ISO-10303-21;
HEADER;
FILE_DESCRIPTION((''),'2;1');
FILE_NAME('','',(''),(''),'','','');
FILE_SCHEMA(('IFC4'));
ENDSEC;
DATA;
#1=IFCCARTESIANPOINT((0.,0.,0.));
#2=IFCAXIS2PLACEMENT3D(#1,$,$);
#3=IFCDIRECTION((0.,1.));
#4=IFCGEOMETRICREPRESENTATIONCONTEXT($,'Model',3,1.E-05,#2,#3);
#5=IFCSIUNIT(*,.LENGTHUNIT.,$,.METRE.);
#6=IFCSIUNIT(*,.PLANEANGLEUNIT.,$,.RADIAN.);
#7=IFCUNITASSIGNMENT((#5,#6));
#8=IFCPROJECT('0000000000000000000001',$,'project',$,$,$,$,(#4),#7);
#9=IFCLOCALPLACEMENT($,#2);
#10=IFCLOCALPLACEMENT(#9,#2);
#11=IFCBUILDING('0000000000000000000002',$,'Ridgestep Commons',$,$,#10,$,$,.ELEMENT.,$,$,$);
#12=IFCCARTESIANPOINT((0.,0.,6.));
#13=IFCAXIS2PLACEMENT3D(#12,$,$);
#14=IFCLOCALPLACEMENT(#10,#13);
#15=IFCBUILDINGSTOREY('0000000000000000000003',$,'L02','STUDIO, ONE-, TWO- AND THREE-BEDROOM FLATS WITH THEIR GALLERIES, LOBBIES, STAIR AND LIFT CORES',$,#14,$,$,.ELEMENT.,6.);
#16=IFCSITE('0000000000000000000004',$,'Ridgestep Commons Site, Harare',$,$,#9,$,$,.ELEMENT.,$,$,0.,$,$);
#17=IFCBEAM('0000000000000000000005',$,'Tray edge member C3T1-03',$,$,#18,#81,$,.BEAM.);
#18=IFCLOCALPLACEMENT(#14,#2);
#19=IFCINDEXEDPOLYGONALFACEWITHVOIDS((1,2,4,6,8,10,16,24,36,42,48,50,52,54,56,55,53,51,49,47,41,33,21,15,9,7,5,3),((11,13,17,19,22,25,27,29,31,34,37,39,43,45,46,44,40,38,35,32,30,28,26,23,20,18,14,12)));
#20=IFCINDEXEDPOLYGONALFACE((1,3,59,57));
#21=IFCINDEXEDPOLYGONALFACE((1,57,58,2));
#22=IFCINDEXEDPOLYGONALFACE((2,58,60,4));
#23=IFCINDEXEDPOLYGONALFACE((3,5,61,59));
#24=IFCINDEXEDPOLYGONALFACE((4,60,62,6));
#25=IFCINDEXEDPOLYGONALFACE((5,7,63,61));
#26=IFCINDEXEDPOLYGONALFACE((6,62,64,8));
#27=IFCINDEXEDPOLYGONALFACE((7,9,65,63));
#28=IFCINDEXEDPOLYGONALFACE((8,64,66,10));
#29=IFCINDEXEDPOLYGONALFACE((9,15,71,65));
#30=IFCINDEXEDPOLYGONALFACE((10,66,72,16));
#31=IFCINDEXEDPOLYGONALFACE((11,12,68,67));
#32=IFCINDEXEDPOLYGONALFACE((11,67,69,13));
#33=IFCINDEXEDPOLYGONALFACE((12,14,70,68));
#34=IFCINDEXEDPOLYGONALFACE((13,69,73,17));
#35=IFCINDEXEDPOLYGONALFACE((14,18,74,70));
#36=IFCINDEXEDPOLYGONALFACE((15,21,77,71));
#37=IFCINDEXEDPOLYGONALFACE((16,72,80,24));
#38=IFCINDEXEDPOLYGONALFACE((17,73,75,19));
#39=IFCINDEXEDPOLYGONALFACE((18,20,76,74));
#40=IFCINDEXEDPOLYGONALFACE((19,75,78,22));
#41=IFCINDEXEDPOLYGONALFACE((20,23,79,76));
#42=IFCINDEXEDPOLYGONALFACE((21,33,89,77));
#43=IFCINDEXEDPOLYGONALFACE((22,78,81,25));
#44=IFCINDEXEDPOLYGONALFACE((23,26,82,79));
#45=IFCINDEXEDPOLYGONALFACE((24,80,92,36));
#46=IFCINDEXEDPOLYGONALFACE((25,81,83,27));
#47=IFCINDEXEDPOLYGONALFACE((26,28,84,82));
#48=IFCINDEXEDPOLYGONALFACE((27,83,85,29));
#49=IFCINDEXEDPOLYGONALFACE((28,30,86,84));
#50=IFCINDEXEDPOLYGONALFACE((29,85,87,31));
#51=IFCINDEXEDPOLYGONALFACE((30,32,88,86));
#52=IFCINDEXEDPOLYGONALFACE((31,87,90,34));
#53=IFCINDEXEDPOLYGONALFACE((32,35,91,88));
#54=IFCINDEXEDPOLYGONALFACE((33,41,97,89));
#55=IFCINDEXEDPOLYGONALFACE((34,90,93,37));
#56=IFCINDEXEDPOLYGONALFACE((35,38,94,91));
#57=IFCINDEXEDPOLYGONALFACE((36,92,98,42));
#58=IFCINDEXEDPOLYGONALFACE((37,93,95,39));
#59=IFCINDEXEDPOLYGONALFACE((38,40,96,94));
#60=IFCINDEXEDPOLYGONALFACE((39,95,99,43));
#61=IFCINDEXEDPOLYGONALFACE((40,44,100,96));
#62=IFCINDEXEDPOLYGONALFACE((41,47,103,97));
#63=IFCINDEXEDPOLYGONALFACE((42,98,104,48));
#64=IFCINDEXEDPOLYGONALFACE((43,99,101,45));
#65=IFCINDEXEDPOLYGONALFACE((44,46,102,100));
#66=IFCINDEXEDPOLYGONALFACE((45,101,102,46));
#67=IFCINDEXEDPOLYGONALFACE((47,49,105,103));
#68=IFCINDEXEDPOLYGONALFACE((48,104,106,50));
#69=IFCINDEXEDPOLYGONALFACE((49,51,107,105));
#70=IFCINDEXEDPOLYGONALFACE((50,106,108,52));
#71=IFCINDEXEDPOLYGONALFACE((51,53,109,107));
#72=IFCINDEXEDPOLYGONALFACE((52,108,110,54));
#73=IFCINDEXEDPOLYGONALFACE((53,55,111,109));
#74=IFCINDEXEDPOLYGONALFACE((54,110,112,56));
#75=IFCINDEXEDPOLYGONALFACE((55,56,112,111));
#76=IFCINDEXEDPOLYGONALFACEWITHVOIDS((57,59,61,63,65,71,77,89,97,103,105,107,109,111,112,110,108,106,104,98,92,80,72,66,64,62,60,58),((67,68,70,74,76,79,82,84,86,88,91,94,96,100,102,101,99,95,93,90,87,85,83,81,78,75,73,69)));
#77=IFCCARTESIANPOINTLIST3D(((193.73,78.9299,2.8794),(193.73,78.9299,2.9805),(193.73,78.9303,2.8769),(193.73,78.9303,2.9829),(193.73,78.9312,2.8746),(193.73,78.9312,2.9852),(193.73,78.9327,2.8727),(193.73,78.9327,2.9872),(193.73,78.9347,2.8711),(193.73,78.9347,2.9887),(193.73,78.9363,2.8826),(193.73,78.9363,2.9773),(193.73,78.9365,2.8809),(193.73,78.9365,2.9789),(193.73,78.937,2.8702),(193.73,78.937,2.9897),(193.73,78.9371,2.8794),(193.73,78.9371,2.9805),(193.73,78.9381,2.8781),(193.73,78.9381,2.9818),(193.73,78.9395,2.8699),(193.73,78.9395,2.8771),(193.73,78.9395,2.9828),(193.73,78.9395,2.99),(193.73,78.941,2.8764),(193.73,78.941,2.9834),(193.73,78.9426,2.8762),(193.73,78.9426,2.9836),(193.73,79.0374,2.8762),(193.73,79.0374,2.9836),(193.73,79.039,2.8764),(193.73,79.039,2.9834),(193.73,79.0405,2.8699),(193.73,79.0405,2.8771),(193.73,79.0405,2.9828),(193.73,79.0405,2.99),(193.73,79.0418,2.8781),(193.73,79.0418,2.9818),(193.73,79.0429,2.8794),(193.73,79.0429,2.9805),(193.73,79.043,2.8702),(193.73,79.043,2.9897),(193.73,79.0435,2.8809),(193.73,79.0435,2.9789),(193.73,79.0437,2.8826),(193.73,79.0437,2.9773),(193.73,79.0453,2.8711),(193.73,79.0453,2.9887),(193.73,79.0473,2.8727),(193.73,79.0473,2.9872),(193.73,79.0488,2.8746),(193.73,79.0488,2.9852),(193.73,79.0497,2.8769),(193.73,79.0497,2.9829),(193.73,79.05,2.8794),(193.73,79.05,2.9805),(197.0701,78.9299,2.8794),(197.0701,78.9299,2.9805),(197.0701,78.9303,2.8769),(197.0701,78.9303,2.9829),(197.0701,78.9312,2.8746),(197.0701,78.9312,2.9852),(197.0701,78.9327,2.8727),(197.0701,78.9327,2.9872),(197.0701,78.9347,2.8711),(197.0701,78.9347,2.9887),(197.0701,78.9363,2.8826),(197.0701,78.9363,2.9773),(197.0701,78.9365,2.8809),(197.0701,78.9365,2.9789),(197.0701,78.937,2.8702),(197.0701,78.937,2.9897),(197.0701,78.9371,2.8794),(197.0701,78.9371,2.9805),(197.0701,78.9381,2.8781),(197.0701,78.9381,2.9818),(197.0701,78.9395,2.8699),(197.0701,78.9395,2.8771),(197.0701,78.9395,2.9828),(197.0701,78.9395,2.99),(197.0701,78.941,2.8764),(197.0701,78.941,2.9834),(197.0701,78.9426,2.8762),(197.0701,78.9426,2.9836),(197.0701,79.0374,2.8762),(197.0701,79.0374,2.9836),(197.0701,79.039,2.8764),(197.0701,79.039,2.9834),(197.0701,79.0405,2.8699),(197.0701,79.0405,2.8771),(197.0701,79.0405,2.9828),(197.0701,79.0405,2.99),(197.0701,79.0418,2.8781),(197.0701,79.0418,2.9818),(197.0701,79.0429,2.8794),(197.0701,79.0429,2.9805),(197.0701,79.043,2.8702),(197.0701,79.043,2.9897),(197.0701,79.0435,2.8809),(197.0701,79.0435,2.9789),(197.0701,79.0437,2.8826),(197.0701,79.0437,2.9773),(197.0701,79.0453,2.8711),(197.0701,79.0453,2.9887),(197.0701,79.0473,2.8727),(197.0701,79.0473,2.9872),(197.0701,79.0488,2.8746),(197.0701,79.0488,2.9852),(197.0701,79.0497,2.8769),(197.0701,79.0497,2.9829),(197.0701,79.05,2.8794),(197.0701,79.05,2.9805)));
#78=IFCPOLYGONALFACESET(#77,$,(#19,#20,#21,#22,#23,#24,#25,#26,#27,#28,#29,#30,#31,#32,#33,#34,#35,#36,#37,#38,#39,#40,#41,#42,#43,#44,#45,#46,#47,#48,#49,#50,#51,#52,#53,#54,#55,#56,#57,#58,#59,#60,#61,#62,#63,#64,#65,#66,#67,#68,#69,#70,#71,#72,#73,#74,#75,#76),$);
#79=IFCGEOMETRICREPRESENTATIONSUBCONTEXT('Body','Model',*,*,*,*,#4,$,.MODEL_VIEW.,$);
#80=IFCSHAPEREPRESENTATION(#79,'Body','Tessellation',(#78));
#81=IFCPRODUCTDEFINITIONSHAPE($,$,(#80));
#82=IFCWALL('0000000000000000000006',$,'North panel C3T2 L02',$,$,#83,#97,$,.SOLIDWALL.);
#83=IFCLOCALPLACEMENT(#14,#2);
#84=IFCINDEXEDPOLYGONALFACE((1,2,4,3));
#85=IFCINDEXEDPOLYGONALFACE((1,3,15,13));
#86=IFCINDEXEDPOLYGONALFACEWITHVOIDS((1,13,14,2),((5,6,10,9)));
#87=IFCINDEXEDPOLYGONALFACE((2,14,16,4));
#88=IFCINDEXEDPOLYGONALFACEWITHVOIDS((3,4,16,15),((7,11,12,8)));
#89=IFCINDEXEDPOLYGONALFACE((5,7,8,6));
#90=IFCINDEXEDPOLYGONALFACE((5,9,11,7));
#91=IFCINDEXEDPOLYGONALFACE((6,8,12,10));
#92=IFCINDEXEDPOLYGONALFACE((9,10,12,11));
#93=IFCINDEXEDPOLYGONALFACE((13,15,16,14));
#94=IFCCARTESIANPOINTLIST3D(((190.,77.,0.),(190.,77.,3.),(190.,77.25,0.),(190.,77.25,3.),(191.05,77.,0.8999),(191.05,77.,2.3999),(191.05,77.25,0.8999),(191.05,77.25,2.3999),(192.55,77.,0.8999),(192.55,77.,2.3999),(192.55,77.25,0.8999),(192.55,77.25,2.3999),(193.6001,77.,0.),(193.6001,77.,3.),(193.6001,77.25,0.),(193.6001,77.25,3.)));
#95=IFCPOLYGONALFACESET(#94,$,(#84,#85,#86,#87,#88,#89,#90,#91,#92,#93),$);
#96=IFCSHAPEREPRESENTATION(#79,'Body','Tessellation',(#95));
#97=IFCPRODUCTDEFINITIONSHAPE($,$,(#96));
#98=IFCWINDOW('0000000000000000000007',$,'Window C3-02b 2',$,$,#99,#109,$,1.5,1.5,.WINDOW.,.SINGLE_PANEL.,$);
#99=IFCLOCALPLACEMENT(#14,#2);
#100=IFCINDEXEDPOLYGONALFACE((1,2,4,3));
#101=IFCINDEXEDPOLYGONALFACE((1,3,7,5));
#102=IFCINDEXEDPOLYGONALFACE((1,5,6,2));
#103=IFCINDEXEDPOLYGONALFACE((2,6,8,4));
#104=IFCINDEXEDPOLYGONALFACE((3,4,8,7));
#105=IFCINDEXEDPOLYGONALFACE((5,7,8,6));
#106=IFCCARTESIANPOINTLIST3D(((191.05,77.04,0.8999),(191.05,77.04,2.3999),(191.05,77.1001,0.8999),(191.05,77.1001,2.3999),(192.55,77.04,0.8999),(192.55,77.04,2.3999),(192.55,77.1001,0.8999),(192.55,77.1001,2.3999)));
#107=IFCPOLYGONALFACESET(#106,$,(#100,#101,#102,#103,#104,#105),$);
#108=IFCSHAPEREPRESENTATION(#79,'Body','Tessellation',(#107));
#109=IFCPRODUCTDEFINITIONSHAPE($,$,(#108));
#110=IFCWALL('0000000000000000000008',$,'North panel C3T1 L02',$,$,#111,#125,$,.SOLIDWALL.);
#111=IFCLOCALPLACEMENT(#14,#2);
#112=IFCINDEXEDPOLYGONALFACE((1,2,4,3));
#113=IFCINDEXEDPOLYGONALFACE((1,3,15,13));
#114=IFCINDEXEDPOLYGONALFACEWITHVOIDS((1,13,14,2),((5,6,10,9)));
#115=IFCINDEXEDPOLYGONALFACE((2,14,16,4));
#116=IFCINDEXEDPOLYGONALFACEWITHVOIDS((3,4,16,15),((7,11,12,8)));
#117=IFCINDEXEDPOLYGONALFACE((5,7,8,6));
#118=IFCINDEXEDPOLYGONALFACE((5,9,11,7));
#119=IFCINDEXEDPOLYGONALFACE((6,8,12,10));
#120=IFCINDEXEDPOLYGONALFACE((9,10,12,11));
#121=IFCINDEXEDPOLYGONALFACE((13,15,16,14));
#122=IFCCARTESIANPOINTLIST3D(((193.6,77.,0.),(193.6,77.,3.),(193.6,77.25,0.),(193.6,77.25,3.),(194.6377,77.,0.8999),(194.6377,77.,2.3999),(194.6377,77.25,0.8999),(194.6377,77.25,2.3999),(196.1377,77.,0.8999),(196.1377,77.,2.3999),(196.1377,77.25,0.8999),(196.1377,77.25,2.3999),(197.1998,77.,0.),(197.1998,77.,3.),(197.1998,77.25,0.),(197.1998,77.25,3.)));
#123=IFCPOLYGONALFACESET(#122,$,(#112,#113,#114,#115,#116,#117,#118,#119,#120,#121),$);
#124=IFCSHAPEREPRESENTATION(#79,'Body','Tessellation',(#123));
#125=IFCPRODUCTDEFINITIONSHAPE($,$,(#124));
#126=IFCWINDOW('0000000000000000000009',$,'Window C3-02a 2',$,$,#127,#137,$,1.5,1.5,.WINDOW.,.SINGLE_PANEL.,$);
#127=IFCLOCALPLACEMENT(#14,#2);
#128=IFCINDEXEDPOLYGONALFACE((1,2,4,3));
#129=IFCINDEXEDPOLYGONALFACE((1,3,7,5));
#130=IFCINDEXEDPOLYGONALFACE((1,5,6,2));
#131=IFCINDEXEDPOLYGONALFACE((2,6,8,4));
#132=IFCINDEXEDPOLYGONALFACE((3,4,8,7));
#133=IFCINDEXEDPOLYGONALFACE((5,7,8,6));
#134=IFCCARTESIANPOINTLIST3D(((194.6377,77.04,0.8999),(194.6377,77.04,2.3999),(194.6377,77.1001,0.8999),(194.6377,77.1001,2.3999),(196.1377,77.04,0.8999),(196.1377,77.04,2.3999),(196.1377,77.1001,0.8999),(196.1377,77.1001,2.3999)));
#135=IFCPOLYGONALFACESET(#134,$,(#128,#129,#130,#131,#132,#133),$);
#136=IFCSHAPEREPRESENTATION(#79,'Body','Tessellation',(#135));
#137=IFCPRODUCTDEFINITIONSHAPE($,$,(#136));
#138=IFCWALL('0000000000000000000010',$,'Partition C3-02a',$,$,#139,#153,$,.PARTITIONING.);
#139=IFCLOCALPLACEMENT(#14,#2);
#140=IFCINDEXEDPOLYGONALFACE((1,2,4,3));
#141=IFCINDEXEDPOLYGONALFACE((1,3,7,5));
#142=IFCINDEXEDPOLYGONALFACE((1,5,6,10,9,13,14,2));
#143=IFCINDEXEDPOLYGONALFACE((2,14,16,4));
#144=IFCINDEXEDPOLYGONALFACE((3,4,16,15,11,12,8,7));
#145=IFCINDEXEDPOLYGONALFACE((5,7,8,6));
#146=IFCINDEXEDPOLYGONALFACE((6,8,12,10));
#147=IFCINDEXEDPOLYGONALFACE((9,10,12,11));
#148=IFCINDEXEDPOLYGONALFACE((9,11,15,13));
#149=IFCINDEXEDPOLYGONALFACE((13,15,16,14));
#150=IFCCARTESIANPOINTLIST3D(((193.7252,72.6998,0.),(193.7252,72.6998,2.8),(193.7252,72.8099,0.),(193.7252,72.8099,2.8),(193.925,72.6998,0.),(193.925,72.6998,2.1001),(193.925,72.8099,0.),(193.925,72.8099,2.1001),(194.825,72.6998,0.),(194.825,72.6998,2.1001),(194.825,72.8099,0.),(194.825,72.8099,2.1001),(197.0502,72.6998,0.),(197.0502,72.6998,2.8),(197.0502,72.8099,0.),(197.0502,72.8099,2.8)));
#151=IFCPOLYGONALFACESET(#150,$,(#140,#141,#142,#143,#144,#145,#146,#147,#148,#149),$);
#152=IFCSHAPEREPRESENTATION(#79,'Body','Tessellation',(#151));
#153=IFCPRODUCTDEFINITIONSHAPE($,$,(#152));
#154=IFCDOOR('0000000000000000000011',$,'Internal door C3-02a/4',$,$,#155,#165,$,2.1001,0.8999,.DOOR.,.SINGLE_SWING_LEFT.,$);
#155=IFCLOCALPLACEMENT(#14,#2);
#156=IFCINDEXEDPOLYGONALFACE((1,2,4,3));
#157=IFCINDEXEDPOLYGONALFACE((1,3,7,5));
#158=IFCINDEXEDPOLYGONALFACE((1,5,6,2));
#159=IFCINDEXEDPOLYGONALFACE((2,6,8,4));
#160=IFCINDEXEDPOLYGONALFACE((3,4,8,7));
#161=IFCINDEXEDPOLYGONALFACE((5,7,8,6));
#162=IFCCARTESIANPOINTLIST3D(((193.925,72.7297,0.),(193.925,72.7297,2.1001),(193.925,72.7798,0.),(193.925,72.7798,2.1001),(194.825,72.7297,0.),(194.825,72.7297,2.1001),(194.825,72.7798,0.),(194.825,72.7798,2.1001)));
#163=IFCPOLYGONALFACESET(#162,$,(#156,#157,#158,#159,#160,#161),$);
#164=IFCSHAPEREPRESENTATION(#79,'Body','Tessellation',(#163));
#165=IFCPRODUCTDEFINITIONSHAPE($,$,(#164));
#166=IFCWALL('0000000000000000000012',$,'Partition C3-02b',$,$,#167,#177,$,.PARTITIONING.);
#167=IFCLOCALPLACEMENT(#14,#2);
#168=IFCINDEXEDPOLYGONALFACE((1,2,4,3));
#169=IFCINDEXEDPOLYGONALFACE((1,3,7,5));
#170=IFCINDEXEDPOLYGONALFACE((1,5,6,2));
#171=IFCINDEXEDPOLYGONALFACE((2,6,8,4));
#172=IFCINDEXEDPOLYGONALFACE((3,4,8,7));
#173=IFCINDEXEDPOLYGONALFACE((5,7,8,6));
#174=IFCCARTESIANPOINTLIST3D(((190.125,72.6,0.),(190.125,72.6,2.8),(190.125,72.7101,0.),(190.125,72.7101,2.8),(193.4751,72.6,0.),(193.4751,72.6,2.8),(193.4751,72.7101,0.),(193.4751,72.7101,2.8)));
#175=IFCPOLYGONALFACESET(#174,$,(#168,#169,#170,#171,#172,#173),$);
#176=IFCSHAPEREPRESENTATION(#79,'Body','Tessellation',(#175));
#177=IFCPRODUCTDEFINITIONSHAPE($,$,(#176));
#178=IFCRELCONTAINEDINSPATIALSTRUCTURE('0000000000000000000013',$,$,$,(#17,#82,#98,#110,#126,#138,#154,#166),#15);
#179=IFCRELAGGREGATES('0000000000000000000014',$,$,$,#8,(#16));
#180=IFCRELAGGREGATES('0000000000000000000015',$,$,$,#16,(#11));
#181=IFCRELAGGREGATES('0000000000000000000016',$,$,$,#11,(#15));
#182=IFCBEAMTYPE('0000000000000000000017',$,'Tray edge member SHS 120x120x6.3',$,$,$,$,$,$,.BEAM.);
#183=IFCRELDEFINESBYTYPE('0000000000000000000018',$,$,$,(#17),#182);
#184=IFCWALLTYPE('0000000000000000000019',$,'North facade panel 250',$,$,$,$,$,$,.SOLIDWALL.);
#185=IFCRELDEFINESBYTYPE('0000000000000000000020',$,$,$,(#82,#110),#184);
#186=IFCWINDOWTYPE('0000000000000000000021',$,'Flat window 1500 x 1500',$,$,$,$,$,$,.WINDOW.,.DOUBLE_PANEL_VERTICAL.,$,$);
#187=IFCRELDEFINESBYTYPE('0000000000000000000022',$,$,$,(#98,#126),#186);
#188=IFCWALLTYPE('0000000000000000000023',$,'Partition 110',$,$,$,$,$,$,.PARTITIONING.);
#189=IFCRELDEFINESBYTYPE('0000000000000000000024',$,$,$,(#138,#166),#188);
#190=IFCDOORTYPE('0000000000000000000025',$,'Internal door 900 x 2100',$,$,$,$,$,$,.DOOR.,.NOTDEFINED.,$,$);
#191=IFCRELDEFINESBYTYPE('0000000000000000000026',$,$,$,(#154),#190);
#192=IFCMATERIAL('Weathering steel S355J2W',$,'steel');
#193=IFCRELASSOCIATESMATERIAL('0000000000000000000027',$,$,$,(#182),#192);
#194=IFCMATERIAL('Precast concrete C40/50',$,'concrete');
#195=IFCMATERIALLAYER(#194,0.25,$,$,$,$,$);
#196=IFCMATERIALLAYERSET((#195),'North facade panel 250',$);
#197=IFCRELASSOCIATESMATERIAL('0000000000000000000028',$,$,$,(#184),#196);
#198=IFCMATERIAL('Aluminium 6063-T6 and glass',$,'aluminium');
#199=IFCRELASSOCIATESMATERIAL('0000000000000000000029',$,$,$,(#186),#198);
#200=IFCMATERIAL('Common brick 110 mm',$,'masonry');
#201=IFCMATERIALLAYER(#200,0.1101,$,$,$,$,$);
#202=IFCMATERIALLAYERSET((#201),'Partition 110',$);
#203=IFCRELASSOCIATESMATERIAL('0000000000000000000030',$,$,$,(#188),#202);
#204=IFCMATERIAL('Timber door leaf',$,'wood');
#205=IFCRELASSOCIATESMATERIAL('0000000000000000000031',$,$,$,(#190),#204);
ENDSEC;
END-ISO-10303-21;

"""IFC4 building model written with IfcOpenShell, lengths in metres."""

from ifc_helpers import new_model, si_unit, direction, frame, frame_2d, origin, origin_2d, place, context, subcontext, project, spatial, rectangle, hollow_rectangle, extrude, material, layer, layer_set, material_profile, profile_set, type_object, element, fill, save


model = new_model("IFC4")

# Units and contexts
model_context = context("Model", 3, precision=1e-05, world=origin(), true_north=direction((0.0, 1.0)))
body_context = subcontext(model_context, "Body", "Model", "MODEL_VIEW")
ifc_project = project(units=[si_unit("LENGTHUNIT", "METRE"), si_unit("PLANEANGLEUNIT", "RADIAN")], contexts=[model_context])

# Site, building, storey
site_placement = place(None, origin())
site = spatial("IfcSite", under=ifc_project, at=site_placement, Name="Ridgestep Commons Site, Harare", CompositionType="ELEMENT", RefElevation=0.0)
building_placement = place(site_placement, origin())
building = spatial("IfcBuilding", under=site, at=building_placement, Name="Ridgestep Commons", CompositionType="ELEMENT")
storey_placement = place(building_placement, frame((0.0, 0.0, 6.0)))
storey = spatial("IfcBuildingStorey", under=building, at=storey_placement, Name="L02", Description="STUDIO, ONE-, TWO- AND THREE-BEDROOM FLATS WITH THEIR GALLERIES, LOBBIES, STAIR AND LIFT CORES", CompositionType="ELEMENT", Elevation=6.0)

# Beam
ifc_material_1 = material(Name="Weathering steel S355J2W", Category="steel")
ifc_material_profile_1 = material_profile(ifc_material_1, hollow_rectangle(XDim=0.1201, YDim=0.1201, WallThickness=0.0063, InnerFilletRadius=0.0063, OuterFilletRadius=0.0095, at=origin_2d()), Name="SHS 120x120x6.3")
ifc_profile_set_1 = profile_set([ifc_material_profile_1], Name="Weathering steel S355J2W")
beam_type_1 = type_object("IfcBeamType", Name="Tray edge member SHS 120x120x6.3", PredefinedType="BEAM", material=ifc_profile_set_1)
beam_placement = place(storey_placement, frame((193.73, 78.99, 2.9299), z_axis=(1.0, 0.0, 0.0), x_axis=(0.0, 0.0, 1.0)))
element("IfcBeam", 1, at=beam_placement, inside=storey, type_object=beam_type_1, Name="Tray edge member C3T1-03", PredefinedType="BEAM", context=body_context, shape_type="SweptSolid", body=[
    extrude(hollow_rectangle(XDim=0.1201, YDim=0.1201, WallThickness=0.0063, InnerFilletRadius=0.0063, OuterFilletRadius=0.0095, at=origin_2d()), origin(), (0.0, 0.0, 1.0), 3.3401),
])

# Walls, openings, windows
ifc_material_2 = material(Name="Precast concrete C40/50", Category="concrete")
ifc_layer_1 = layer(ifc_material_2, 0.25)
ifc_layer_set_1 = layer_set([ifc_layer_1], Name="North facade panel 250")
wall_type_1 = type_object("IfcWallType", Name="North facade panel 250", PredefinedType="SOLIDWALL", material=ifc_layer_set_1)
wall_1_placement = place(storey_placement, frame((190.0, 77.125, 0.0), z_axis=(0.0, 0.0, 1.0), x_axis=(1.0, 0.0, 0.0)))
wall_1 = element("IfcWall", 2, at=wall_1_placement, inside=storey, type_object=wall_type_1, Name="North panel C3T2 L02", PredefinedType="SOLIDWALL", context=body_context, shape_type="SweptSolid", body=[
    extrude(rectangle(XDim=3.6001, YDim=0.25, at=frame_2d((1.8, 0.0))), origin(), (0.0, 0.0, 1.0), 3.0),
])
opening_1_placement = place(wall_1_placement, frame((1.05, 0.0, 0.8999)))
opening_1 = element("IfcOpeningElement", 3, at=opening_1_placement, cuts=wall_1, PredefinedType="OPENING", context=body_context, shape_type="SweptSolid", body=[
    extrude(rectangle(XDim=1.5, YDim=1.5, at=frame_2d((0.75, 0.75))), frame((0.0, 0.135, 0.0), z_axis=(0.0, -1.0, 0.0), x_axis=(1.0, 0.0, 0.0)), (0.0, 0.0, 1.0), 0.27),
])
ifc_material_3 = material(Name="Aluminium 6063-T6 and glass", Category="aluminium")
window_type = type_object("IfcWindowType", Name="Flat window 1500 x 1500", PartitioningType="DOUBLE_PANEL_VERTICAL", PredefinedType="WINDOW", material=ifc_material_3)
window_1_placement = place(opening_1_placement, origin())
window_1 = element("IfcWindow", 4, at=window_1_placement, inside=storey, type_object=window_type, Name="Window C3-02b 2", OverallHeight=1.5, OverallWidth=1.5, PartitioningType="SINGLE_PANEL", PredefinedType="WINDOW", context=body_context, shape_type="SweptSolid", body=[
    extrude(rectangle(XDim=1.5, YDim=1.5, at=frame_2d((0.75, 0.75))), frame((0.0, -0.0249, 0.0), z_axis=(0.0, -1.0, 0.0), x_axis=(1.0, 0.0, 0.0)), (0.0, 0.0, 1.0), 0.0601),
])
fill(opening_1, window_1)
wall_2_placement = place(storey_placement, frame((193.6001, 77.125, 0.0), z_axis=(0.0, 0.0, 1.0), x_axis=(1.0, 0.0, 0.0)))
wall_2 = element("IfcWall", 5, at=wall_2_placement, inside=storey, type_object=wall_type_1, Name="North panel C3T1 L02", PredefinedType="SOLIDWALL", context=body_context, shape_type="SweptSolid", body=[
    extrude(rectangle(XDim=3.5999, YDim=0.25, at=frame_2d((1.7998, 0.0))), origin(), (0.0, 0.0, 1.0), 3.0),
])
opening_2_placement = place(wall_2_placement, frame((1.0376, 0.0, 0.8999)))
opening_2 = element("IfcOpeningElement", 6, at=opening_2_placement, cuts=wall_2, PredefinedType="OPENING", context=body_context, shape_type="SweptSolid", body=[
    extrude(rectangle(XDim=1.5, YDim=1.5, at=frame_2d((0.75, 0.75))), frame((0.0, 0.135, 0.0), z_axis=(0.0, -1.0, 0.0), x_axis=(1.0, 0.0, 0.0)), (0.0, 0.0, 1.0), 0.27),
])
window_2_placement = place(opening_2_placement, origin())
window_2 = element("IfcWindow", 7, at=window_2_placement, inside=storey, type_object=window_type, Name="Window C3-02a 2", OverallHeight=1.5, OverallWidth=1.5, PartitioningType="SINGLE_PANEL", PredefinedType="WINDOW", context=body_context, shape_type="SweptSolid", body=[
    extrude(rectangle(XDim=1.5, YDim=1.5, at=frame_2d((0.75, 0.75))), frame((0.0, -0.0249, 0.0), z_axis=(0.0, -1.0, 0.0), x_axis=(1.0, 0.0, 0.0)), (0.0, 0.0, 1.0), 0.0601),
])
fill(opening_2, window_2)

# Wall, opening, door
ifc_material_4 = material(Name="Common brick 110 mm", Category="masonry")
ifc_layer_2 = layer(ifc_material_4, 0.1101)
ifc_layer_set_2 = layer_set([ifc_layer_2], Name="Partition 110")
wall_type_2 = type_object("IfcWallType", Name="Partition 110", PredefinedType="PARTITIONING", material=ifc_layer_set_2)
wall_3_placement = place(storey_placement, frame((193.7251, 72.7549, 0.0), z_axis=(0.0, 0.0, 1.0), x_axis=(1.0, 0.0, 0.0)))
wall_3 = element("IfcWall", 8, at=wall_3_placement, inside=storey, type_object=wall_type_2, Name="Partition C3-02a", PredefinedType="PARTITIONING", context=body_context, shape_type="SweptSolid", body=[
    extrude(rectangle(XDim=3.325, YDim=0.1101, at=frame_2d((1.6626, 0.0))), origin(), (0.0, 0.0, 1.0), 2.8),
])
opening_3_placement = place(wall_3_placement, frame((0.2, 0.0, 0.0)))
opening_3 = element("IfcOpeningElement", 9, at=opening_3_placement, cuts=wall_3, PredefinedType="OPENING", context=body_context, shape_type="SweptSolid", body=[
    extrude(rectangle(XDim=0.8999, YDim=2.1001, at=frame_2d((0.45, 1.05))), frame((0.0, 0.0649, 0.0), z_axis=(0.0, -1.0, 0.0), x_axis=(1.0, 0.0, 0.0)), (0.0, 0.0, 1.0), 0.1301),
])
ifc_material_5 = material(Name="Timber door leaf", Category="wood")
door_type = type_object("IfcDoorType", Name="Internal door 900 x 2100", OperationType="NOTDEFINED", PredefinedType="DOOR", material=ifc_material_5)
door_placement = place(opening_3_placement, origin())
door = element("IfcDoor", 10, at=door_placement, inside=storey, type_object=door_type, Name="Internal door C3-02a/4", OperationType="SINGLE_SWING_LEFT", OverallHeight=2.1001, OverallWidth=0.8999, PredefinedType="DOOR", context=body_context, shape_type="SweptSolid", body=[
    extrude(rectangle(XDim=0.8999, YDim=2.1001, at=frame_2d((0.45, 1.05))), frame((0.0, 0.0249, 0.0), z_axis=(0.0, -1.0, 0.0), x_axis=(1.0, 0.0, 0.0)), (0.0, 0.0, 1.0), 0.05),
])
fill(opening_3, door)

# Wall
wall_4_placement = place(storey_placement, frame((190.125, 72.655, 0.0), z_axis=(0.0, 0.0, 1.0), x_axis=(1.0, 0.0, 0.0)))
element("IfcWall", 11, at=wall_4_placement, inside=storey, type_object=wall_type_2, Name="Partition C3-02b", PredefinedType="PARTITIONING", context=body_context, shape_type="SweptSolid", body=[
    extrude(rectangle(XDim=3.3501, YDim=0.1101, at=frame_2d((1.675, 0.0))), origin(), (0.0, 0.0, 1.0), 2.8),
])

save(model, "model.ifc")
